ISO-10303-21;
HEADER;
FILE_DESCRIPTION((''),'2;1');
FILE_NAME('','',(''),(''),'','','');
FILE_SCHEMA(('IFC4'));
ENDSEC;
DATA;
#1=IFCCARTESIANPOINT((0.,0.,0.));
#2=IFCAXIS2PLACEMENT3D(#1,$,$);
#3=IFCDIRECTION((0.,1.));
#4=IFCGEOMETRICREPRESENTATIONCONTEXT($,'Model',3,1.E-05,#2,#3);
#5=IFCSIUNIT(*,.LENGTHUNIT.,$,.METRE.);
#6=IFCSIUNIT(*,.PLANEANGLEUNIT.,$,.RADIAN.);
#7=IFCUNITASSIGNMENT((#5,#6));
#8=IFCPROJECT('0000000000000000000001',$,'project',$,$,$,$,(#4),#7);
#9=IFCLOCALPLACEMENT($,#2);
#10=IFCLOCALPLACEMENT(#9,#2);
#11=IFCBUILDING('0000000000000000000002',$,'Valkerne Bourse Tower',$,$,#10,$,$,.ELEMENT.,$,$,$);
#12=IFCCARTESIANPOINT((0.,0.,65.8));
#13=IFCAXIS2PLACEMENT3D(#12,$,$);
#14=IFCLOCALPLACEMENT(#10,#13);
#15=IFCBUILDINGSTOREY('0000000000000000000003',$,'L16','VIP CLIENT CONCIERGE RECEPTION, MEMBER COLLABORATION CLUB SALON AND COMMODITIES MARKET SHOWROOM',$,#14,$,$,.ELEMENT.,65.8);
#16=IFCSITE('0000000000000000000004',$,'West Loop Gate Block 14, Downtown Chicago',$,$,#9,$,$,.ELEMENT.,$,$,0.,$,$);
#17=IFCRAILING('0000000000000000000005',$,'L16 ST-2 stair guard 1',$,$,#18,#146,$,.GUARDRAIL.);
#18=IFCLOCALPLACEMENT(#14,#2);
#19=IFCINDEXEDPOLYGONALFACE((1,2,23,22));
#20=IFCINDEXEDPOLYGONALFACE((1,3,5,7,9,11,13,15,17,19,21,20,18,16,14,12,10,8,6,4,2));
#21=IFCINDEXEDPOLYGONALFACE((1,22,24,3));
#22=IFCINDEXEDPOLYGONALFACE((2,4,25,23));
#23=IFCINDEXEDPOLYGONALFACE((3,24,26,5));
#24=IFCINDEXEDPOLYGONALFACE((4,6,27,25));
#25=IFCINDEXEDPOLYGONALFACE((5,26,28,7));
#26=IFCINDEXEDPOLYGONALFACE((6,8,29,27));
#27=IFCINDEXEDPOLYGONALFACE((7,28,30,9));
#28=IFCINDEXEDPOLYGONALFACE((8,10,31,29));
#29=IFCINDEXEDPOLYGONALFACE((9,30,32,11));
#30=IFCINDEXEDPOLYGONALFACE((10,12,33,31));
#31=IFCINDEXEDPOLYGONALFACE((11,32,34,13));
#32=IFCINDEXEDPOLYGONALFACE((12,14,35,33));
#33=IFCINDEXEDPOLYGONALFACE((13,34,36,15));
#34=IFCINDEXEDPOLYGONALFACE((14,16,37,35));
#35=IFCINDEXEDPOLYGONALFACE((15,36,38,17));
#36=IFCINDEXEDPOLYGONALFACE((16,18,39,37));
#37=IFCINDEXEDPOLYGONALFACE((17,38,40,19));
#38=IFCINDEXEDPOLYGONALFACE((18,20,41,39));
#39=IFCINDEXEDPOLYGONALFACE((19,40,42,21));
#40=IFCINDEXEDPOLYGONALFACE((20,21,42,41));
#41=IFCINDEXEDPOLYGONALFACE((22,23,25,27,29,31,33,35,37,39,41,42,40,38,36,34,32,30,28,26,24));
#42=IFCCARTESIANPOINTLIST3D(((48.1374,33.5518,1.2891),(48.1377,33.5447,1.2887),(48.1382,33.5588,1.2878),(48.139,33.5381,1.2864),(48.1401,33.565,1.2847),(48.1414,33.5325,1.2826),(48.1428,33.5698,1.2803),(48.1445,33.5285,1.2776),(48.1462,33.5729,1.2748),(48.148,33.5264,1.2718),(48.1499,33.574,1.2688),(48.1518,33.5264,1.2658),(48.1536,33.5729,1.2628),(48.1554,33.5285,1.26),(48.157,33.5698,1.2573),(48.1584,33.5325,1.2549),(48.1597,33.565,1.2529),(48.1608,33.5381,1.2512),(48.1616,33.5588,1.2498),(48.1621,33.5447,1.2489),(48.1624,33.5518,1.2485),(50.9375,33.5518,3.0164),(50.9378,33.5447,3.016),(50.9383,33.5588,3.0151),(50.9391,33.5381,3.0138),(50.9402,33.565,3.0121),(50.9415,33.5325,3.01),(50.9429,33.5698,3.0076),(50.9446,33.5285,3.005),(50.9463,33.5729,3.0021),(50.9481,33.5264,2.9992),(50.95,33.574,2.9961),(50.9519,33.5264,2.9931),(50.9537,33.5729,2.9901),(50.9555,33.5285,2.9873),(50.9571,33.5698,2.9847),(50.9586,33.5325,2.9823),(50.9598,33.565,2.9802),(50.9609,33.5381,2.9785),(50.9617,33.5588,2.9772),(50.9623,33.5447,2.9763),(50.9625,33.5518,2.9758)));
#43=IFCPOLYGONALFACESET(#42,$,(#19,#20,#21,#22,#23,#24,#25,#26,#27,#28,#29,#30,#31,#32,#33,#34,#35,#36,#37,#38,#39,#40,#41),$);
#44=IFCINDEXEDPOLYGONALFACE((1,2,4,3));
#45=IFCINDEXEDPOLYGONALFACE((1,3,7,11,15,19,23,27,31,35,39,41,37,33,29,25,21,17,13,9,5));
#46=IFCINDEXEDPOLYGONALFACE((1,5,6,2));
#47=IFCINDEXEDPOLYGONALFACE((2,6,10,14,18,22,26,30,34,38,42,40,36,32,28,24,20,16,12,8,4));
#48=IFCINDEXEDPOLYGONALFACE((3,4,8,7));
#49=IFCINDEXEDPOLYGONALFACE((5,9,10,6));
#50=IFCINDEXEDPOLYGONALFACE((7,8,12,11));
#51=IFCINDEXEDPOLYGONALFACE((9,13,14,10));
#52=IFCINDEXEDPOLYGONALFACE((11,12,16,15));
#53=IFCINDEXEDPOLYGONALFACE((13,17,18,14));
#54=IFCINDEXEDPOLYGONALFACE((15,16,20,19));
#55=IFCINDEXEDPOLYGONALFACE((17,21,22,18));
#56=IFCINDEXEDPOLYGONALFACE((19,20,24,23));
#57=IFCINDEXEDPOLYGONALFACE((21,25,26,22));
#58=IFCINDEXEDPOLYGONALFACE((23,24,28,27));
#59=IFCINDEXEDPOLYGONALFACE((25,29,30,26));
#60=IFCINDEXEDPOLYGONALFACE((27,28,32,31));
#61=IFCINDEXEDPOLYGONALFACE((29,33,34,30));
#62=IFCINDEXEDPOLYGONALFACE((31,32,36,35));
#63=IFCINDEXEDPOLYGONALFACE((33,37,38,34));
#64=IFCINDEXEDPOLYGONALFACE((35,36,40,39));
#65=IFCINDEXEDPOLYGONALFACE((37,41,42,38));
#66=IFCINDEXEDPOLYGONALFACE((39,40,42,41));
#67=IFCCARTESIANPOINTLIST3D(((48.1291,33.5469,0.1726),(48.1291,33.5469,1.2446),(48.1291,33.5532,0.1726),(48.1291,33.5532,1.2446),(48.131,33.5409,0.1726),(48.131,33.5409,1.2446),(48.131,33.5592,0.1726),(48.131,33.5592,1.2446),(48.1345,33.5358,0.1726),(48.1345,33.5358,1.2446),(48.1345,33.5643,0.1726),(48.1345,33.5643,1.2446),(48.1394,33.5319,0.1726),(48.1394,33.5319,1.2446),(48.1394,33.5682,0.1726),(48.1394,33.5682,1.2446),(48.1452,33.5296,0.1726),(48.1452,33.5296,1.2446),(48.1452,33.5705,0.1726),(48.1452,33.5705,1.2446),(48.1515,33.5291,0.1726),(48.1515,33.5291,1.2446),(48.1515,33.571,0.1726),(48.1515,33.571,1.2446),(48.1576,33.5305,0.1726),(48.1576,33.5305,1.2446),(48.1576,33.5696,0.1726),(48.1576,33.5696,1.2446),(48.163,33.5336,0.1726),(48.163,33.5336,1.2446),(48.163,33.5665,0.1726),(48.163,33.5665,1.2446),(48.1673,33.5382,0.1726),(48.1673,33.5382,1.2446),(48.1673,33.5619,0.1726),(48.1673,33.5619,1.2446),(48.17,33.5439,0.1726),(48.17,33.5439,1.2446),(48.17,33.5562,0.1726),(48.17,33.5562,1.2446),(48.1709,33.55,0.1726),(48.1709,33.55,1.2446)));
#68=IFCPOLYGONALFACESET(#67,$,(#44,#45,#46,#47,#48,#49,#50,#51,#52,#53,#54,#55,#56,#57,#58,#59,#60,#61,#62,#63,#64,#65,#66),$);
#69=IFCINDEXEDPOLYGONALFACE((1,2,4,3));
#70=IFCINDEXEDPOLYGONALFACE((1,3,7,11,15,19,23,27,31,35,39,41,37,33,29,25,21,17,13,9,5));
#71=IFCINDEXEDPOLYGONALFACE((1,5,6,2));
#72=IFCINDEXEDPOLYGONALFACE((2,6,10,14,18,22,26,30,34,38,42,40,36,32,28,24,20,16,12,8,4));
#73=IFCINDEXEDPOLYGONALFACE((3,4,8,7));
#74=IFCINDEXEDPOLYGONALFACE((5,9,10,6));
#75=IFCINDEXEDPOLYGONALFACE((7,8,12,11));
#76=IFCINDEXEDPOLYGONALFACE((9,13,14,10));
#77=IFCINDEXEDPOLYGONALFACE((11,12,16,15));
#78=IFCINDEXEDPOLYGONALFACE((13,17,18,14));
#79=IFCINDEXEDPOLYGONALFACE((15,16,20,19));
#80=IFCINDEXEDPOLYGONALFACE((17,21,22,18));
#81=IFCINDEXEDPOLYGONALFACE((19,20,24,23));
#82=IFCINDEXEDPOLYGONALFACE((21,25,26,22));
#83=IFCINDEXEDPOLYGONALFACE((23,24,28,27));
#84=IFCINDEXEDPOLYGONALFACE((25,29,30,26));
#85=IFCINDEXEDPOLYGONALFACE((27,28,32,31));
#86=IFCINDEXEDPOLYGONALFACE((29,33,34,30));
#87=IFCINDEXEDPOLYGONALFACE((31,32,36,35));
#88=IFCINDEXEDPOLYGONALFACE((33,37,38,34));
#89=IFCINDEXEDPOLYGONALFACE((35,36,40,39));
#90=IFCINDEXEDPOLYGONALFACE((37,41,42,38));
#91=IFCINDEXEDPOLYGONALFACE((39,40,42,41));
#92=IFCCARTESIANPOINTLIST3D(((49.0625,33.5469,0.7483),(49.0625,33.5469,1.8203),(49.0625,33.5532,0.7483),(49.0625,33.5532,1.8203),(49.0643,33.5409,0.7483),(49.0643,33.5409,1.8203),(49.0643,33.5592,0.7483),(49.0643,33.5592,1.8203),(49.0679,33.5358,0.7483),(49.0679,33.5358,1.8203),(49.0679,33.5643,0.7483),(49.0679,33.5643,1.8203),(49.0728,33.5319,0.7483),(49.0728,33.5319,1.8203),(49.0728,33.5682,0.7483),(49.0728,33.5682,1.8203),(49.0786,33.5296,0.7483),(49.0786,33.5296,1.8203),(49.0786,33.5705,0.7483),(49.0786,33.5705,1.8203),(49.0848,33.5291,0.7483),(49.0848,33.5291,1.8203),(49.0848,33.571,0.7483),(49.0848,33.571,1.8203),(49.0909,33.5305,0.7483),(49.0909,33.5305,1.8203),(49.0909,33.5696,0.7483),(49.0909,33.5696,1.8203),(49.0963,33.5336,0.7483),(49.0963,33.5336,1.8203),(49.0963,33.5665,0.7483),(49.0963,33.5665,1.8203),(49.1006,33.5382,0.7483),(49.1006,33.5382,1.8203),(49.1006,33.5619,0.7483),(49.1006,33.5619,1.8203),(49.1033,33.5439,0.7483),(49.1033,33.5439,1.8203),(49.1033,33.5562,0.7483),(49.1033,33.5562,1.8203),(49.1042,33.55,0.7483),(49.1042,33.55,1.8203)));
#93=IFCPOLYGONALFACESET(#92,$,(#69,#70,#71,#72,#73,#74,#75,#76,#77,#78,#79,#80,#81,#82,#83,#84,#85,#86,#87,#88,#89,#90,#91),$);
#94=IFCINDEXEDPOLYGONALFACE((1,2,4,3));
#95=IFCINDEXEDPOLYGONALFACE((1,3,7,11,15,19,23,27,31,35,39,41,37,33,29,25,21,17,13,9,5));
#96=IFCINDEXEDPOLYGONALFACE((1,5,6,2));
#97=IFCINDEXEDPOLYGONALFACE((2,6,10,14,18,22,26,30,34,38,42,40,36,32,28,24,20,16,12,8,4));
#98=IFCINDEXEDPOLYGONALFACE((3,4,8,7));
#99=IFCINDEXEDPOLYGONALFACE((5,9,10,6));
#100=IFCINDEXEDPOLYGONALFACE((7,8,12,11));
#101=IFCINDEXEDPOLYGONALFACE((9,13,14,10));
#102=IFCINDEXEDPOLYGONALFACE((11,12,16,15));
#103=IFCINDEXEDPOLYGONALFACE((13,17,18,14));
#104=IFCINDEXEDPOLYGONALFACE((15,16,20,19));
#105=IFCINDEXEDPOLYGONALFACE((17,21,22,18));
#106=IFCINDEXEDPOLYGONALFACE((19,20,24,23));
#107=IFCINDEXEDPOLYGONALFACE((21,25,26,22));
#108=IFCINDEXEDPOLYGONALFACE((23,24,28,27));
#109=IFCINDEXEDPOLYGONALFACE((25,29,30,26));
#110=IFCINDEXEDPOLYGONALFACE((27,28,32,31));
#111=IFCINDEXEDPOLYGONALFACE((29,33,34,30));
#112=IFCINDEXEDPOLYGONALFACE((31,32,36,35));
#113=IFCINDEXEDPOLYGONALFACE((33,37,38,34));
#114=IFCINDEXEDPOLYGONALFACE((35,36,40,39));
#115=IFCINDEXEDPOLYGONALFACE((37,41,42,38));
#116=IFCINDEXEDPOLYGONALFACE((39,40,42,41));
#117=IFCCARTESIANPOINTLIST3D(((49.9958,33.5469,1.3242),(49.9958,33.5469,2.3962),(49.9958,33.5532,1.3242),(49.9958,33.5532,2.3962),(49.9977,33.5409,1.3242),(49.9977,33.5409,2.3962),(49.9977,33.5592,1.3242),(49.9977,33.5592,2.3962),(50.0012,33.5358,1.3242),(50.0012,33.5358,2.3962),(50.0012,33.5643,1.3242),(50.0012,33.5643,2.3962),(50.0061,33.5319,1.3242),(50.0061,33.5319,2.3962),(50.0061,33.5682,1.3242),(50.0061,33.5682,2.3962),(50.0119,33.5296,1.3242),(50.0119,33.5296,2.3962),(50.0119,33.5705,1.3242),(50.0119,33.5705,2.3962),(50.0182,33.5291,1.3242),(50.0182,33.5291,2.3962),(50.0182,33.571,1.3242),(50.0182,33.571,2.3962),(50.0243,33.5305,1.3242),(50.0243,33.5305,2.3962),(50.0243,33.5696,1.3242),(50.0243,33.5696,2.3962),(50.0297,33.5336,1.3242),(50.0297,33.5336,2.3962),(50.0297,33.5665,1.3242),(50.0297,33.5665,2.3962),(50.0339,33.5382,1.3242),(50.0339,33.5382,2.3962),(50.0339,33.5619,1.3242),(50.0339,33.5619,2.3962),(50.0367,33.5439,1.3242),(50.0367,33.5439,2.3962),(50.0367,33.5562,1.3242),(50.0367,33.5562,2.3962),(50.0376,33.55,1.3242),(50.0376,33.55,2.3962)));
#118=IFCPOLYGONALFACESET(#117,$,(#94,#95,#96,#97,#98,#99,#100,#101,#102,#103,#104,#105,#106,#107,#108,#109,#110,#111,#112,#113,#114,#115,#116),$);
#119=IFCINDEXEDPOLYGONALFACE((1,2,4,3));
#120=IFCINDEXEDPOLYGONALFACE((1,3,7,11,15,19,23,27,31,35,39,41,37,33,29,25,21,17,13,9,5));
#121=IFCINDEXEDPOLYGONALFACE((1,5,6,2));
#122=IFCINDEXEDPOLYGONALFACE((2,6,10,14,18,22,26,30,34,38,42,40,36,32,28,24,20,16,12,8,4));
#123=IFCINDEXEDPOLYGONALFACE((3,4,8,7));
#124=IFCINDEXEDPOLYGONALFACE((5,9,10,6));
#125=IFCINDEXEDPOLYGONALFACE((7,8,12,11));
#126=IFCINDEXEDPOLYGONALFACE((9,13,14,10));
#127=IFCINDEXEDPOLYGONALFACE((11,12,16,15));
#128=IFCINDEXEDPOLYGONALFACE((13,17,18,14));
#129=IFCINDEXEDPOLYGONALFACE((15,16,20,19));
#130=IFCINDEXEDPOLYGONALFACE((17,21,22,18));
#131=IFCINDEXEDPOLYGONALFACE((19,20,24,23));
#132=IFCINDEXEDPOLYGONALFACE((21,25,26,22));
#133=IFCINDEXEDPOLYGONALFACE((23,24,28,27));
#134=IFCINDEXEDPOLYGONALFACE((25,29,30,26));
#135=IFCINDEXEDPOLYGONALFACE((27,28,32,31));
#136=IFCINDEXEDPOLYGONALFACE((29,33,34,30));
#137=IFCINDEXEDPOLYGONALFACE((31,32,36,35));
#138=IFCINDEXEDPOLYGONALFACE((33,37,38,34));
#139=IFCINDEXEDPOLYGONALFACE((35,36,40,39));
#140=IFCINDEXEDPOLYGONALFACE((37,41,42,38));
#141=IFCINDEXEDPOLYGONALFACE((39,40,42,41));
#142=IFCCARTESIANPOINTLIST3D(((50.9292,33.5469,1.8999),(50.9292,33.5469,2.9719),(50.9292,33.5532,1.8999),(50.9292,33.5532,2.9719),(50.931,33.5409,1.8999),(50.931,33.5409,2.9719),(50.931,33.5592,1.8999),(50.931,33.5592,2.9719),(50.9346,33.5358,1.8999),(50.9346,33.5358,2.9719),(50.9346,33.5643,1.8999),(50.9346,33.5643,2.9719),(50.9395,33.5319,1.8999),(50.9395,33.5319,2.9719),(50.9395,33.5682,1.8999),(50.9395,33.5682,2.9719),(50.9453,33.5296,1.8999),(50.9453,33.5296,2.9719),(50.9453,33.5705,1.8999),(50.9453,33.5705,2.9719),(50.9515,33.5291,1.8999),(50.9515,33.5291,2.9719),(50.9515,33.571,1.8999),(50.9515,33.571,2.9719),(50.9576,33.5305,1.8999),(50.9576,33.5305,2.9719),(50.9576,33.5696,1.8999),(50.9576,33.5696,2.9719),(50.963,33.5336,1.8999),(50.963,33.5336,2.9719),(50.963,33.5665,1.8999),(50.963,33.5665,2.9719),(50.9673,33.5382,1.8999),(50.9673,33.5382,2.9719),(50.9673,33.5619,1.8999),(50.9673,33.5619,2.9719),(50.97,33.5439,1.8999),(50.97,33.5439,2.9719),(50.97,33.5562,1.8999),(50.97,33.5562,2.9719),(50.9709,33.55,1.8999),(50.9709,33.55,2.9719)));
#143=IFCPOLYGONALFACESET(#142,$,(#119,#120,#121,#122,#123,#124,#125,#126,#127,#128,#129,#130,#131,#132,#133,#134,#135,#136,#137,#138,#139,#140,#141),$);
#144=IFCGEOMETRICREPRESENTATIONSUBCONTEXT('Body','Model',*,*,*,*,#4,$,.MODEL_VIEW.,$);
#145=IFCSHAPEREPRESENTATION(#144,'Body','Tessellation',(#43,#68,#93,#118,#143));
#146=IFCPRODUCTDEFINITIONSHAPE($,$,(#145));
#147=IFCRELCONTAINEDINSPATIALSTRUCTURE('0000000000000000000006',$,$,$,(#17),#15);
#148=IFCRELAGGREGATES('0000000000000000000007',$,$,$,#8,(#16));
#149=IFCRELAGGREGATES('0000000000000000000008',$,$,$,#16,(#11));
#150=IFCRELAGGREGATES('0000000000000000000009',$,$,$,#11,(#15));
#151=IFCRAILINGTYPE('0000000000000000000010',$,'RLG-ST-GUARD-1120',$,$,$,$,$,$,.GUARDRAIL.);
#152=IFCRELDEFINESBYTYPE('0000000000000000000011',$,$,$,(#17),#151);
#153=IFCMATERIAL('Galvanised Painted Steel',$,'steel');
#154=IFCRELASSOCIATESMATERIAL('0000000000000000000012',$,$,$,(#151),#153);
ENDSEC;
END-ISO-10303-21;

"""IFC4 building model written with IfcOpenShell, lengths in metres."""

from ifc_helpers import new_model, si_unit, direction, frame, origin, origin_2d, place, context, subcontext, project, spatial, circle, extrude, material, type_object, element, save


model = new_model("IFC4")

# Units and contexts
model_context = context("Model", 3, precision=1e-05, world=origin(), true_north=direction((0.0, 1.0)))
body_context = subcontext(model_context, "Body", "Model", "MODEL_VIEW")
ifc_project = project(units=[si_unit("LENGTHUNIT", "METRE"), si_unit("PLANEANGLEUNIT", "RADIAN")], contexts=[model_context])

# Site, building, storey
site_placement = place(None, origin())
site = spatial("IfcSite", under=ifc_project, at=site_placement, Name="West Loop Gate Block 14, Downtown Chicago", CompositionType="ELEMENT", RefElevation=0.0)
building_placement = place(site_placement, origin())
building = spatial("IfcBuilding", under=site, at=building_placement, Name="Valkerne Bourse Tower", CompositionType="ELEMENT")
storey_placement = place(building_placement, frame((0.0, 0.0, 65.8)))
storey = spatial("IfcBuildingStorey", under=building, at=storey_placement, Name="L16", Description="VIP CLIENT CONCIERGE RECEPTION, MEMBER COLLABORATION CLUB SALON AND COMMODITIES MARKET SHOWROOM", CompositionType="ELEMENT", Elevation=65.8)

# Shared definitions
ifc_material_1 = material(Name="Galvanised Painted Steel", Category="steel")

# Railing
railing_type_1 = type_object("IfcRailingType", Name="RLG-ST-GUARD-1120", PredefinedType="GUARDRAIL", material=ifc_material_1)
railing_1_placement = place(storey_placement, frame((48.1499, 33.55, 0.1726)))
element("IfcRailing", 1, at=railing_1_placement, inside=storey, type_object=railing_type_1, Name="L16 ST-2 stair guard 1", PredefinedType="GUARDRAIL", context=body_context, shape_type="SweptSolid", body=[
    extrude(circle(Radius=0.0239, at=origin_2d()), frame((0.0, 0.0, 1.0962), z_axis=(0.85109, 0.0, 0.52502), x_axis=(0.0, 1.0, 0.0)), (0.0, 0.0, 1.0), 3.29),
    extrude(circle(Radius=0.021, at=origin_2d()), origin(), (0.0, 0.0, 1.0), 1.072),
    extrude(circle(Radius=0.021, at=origin_2d()), frame((0.9333, 0.0, 0.5757)), (0.0, 0.0, 1.0), 1.072),
    extrude(circle(Radius=0.021, at=origin_2d()), frame((1.8667, 0.0, 1.1516)), (0.0, 0.0, 1.0), 1.072),
    extrude(circle(Radius=0.021, at=origin_2d()), frame((2.8, 0.0, 1.7273)), (0.0, 0.0, 1.0), 1.072),
])

save(model, "model.ifc")
